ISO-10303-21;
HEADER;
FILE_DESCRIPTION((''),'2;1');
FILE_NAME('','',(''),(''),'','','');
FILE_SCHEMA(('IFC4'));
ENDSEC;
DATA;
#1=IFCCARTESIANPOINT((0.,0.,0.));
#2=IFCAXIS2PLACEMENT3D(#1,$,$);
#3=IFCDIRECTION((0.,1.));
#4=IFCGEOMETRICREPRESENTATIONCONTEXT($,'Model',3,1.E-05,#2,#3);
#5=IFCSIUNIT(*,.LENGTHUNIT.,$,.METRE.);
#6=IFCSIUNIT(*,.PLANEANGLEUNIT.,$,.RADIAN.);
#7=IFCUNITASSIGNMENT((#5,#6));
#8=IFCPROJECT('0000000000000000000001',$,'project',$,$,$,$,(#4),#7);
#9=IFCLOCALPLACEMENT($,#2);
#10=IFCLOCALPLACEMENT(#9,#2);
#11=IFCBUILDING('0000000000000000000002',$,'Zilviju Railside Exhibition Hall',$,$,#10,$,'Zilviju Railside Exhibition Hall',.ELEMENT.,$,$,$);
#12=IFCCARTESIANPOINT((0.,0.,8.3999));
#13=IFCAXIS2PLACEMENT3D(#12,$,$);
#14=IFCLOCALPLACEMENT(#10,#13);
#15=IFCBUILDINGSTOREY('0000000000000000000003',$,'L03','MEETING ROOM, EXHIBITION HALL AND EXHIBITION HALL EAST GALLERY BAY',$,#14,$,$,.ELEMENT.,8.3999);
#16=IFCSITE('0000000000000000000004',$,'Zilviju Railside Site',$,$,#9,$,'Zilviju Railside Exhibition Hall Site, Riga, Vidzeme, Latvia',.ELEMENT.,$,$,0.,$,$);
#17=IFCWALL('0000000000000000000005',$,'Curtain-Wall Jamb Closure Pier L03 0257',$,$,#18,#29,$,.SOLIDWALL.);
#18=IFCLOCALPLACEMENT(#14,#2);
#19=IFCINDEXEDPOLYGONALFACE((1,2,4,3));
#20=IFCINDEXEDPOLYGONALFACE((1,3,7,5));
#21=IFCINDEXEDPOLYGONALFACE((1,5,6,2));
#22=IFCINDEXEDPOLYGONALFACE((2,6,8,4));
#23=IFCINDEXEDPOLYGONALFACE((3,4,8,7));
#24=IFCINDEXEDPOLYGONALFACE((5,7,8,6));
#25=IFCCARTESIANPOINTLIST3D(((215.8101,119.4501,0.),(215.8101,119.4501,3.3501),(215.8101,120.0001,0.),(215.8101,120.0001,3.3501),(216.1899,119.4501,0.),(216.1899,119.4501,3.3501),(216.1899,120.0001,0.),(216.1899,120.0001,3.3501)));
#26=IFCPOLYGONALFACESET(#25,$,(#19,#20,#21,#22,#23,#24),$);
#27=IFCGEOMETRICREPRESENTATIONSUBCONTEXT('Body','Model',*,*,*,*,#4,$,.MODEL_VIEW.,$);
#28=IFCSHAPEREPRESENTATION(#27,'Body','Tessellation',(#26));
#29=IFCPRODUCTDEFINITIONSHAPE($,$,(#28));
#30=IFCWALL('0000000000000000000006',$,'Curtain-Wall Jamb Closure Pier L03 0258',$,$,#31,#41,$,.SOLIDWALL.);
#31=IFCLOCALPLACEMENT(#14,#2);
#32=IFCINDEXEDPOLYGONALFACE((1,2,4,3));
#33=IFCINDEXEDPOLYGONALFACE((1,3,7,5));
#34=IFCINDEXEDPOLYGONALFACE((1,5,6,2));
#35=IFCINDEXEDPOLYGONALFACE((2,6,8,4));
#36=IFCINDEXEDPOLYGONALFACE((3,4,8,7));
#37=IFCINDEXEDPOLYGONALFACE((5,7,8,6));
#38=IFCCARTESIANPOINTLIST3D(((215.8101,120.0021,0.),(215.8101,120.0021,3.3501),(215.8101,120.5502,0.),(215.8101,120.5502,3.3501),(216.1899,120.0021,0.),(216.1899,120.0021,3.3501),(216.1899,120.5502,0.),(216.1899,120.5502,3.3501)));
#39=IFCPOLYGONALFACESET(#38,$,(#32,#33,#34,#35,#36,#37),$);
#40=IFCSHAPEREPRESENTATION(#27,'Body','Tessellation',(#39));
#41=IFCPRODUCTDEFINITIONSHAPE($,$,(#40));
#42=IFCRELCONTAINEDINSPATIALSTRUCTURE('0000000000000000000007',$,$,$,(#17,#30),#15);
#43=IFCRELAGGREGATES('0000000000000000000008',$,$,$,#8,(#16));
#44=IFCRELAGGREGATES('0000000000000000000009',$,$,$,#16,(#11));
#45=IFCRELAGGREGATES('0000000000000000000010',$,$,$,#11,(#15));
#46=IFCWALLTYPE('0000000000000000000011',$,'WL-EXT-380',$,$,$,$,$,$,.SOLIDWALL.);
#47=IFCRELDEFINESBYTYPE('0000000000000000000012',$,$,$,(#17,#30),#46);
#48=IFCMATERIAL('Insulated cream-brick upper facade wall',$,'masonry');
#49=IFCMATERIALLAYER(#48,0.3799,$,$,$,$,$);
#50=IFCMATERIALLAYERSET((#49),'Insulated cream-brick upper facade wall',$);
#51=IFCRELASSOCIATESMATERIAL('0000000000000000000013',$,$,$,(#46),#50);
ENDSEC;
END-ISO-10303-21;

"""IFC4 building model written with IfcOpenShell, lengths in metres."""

from ifc_helpers import new_model, si_unit, direction, frame, frame_2d, origin, place, context, subcontext, project, spatial, rectangle, extrude, material, layer, layer_set, type_object, element, save


model = new_model("IFC4")

# Units and contexts
model_context = context("Model", 3, precision=1e-05, world=origin(), true_north=direction((0.0, 1.0)))
body_context = subcontext(model_context, "Body", "Model", "MODEL_VIEW")
ifc_project = project(units=[si_unit("LENGTHUNIT", "METRE"), si_unit("PLANEANGLEUNIT", "RADIAN")], contexts=[model_context])

# Site, building, storey
site_placement = place(None, origin())
site = spatial("IfcSite", under=ifc_project, at=site_placement, Name="Zilviju Railside Site", LongName="Zilviju Railside Exhibition Hall Site, Riga, Vidzeme, Latvia", CompositionType="ELEMENT", RefElevation=0.0)
building_placement = place(site_placement, origin())
building = spatial("IfcBuilding", under=site, at=building_placement, Name="Zilviju Railside Exhibition Hall", LongName="Zilviju Railside Exhibition Hall", CompositionType="ELEMENT")
storey_placement = place(building_placement, frame((0.0, 0.0, 8.3999)))
storey = spatial("IfcBuildingStorey", under=building, at=storey_placement, Name="L03", Description="MEETING ROOM, EXHIBITION HALL AND EXHIBITION HALL EAST GALLERY BAY", CompositionType="ELEMENT", Elevation=8.3999)

# Walls
ifc_material_1 = material(Name="Insulated cream-brick upper facade wall", Category="masonry")
ifc_layer_1 = layer(ifc_material_1, 0.3799)
ifc_layer_set_1 = layer_set([ifc_layer_1], Name="Insulated cream-brick upper facade wall")
wall_type_1 = type_object("IfcWallType", Name="WL-EXT-380", PredefinedType="SOLIDWALL", material=ifc_layer_set_1)
wall_1_placement = place(storey_placement, frame((216.0, 120.0, 0.0), z_axis=(0.0, 0.0, 1.0), x_axis=(0.0, -1.0, 0.0)))
element("IfcWall", 1, at=wall_1_placement, inside=storey, type_object=wall_type_1, Name="Curtain-Wall Jamb Closure Pier L03 0257", PredefinedType="SOLIDWALL", context=body_context, shape_type="SweptSolid", body=[
    extrude(rectangle(XDim=0.55, YDim=0.3799, at=frame_2d((0.2749, 0.0))), origin(), (0.0, 0.0, 1.0), 3.3501),
])
wall_2_placement = place(storey_placement, frame((216.0, 120.55, 0.0), z_axis=(0.0, 0.0, 1.0), x_axis=(0.0, -1.0, 0.0)))
element("IfcWall", 2, at=wall_2_placement, inside=storey, type_object=wall_type_1, Name="Curtain-Wall Jamb Closure Pier L03 0258", PredefinedType="SOLIDWALL", context=body_context, shape_type="SweptSolid", body=[
    extrude(rectangle(XDim=0.5481, YDim=0.3799, at=frame_2d((0.2739, 0.0))), origin(), (0.0, 0.0, 1.0), 3.3501),
])

save(model, "model.ifc")
